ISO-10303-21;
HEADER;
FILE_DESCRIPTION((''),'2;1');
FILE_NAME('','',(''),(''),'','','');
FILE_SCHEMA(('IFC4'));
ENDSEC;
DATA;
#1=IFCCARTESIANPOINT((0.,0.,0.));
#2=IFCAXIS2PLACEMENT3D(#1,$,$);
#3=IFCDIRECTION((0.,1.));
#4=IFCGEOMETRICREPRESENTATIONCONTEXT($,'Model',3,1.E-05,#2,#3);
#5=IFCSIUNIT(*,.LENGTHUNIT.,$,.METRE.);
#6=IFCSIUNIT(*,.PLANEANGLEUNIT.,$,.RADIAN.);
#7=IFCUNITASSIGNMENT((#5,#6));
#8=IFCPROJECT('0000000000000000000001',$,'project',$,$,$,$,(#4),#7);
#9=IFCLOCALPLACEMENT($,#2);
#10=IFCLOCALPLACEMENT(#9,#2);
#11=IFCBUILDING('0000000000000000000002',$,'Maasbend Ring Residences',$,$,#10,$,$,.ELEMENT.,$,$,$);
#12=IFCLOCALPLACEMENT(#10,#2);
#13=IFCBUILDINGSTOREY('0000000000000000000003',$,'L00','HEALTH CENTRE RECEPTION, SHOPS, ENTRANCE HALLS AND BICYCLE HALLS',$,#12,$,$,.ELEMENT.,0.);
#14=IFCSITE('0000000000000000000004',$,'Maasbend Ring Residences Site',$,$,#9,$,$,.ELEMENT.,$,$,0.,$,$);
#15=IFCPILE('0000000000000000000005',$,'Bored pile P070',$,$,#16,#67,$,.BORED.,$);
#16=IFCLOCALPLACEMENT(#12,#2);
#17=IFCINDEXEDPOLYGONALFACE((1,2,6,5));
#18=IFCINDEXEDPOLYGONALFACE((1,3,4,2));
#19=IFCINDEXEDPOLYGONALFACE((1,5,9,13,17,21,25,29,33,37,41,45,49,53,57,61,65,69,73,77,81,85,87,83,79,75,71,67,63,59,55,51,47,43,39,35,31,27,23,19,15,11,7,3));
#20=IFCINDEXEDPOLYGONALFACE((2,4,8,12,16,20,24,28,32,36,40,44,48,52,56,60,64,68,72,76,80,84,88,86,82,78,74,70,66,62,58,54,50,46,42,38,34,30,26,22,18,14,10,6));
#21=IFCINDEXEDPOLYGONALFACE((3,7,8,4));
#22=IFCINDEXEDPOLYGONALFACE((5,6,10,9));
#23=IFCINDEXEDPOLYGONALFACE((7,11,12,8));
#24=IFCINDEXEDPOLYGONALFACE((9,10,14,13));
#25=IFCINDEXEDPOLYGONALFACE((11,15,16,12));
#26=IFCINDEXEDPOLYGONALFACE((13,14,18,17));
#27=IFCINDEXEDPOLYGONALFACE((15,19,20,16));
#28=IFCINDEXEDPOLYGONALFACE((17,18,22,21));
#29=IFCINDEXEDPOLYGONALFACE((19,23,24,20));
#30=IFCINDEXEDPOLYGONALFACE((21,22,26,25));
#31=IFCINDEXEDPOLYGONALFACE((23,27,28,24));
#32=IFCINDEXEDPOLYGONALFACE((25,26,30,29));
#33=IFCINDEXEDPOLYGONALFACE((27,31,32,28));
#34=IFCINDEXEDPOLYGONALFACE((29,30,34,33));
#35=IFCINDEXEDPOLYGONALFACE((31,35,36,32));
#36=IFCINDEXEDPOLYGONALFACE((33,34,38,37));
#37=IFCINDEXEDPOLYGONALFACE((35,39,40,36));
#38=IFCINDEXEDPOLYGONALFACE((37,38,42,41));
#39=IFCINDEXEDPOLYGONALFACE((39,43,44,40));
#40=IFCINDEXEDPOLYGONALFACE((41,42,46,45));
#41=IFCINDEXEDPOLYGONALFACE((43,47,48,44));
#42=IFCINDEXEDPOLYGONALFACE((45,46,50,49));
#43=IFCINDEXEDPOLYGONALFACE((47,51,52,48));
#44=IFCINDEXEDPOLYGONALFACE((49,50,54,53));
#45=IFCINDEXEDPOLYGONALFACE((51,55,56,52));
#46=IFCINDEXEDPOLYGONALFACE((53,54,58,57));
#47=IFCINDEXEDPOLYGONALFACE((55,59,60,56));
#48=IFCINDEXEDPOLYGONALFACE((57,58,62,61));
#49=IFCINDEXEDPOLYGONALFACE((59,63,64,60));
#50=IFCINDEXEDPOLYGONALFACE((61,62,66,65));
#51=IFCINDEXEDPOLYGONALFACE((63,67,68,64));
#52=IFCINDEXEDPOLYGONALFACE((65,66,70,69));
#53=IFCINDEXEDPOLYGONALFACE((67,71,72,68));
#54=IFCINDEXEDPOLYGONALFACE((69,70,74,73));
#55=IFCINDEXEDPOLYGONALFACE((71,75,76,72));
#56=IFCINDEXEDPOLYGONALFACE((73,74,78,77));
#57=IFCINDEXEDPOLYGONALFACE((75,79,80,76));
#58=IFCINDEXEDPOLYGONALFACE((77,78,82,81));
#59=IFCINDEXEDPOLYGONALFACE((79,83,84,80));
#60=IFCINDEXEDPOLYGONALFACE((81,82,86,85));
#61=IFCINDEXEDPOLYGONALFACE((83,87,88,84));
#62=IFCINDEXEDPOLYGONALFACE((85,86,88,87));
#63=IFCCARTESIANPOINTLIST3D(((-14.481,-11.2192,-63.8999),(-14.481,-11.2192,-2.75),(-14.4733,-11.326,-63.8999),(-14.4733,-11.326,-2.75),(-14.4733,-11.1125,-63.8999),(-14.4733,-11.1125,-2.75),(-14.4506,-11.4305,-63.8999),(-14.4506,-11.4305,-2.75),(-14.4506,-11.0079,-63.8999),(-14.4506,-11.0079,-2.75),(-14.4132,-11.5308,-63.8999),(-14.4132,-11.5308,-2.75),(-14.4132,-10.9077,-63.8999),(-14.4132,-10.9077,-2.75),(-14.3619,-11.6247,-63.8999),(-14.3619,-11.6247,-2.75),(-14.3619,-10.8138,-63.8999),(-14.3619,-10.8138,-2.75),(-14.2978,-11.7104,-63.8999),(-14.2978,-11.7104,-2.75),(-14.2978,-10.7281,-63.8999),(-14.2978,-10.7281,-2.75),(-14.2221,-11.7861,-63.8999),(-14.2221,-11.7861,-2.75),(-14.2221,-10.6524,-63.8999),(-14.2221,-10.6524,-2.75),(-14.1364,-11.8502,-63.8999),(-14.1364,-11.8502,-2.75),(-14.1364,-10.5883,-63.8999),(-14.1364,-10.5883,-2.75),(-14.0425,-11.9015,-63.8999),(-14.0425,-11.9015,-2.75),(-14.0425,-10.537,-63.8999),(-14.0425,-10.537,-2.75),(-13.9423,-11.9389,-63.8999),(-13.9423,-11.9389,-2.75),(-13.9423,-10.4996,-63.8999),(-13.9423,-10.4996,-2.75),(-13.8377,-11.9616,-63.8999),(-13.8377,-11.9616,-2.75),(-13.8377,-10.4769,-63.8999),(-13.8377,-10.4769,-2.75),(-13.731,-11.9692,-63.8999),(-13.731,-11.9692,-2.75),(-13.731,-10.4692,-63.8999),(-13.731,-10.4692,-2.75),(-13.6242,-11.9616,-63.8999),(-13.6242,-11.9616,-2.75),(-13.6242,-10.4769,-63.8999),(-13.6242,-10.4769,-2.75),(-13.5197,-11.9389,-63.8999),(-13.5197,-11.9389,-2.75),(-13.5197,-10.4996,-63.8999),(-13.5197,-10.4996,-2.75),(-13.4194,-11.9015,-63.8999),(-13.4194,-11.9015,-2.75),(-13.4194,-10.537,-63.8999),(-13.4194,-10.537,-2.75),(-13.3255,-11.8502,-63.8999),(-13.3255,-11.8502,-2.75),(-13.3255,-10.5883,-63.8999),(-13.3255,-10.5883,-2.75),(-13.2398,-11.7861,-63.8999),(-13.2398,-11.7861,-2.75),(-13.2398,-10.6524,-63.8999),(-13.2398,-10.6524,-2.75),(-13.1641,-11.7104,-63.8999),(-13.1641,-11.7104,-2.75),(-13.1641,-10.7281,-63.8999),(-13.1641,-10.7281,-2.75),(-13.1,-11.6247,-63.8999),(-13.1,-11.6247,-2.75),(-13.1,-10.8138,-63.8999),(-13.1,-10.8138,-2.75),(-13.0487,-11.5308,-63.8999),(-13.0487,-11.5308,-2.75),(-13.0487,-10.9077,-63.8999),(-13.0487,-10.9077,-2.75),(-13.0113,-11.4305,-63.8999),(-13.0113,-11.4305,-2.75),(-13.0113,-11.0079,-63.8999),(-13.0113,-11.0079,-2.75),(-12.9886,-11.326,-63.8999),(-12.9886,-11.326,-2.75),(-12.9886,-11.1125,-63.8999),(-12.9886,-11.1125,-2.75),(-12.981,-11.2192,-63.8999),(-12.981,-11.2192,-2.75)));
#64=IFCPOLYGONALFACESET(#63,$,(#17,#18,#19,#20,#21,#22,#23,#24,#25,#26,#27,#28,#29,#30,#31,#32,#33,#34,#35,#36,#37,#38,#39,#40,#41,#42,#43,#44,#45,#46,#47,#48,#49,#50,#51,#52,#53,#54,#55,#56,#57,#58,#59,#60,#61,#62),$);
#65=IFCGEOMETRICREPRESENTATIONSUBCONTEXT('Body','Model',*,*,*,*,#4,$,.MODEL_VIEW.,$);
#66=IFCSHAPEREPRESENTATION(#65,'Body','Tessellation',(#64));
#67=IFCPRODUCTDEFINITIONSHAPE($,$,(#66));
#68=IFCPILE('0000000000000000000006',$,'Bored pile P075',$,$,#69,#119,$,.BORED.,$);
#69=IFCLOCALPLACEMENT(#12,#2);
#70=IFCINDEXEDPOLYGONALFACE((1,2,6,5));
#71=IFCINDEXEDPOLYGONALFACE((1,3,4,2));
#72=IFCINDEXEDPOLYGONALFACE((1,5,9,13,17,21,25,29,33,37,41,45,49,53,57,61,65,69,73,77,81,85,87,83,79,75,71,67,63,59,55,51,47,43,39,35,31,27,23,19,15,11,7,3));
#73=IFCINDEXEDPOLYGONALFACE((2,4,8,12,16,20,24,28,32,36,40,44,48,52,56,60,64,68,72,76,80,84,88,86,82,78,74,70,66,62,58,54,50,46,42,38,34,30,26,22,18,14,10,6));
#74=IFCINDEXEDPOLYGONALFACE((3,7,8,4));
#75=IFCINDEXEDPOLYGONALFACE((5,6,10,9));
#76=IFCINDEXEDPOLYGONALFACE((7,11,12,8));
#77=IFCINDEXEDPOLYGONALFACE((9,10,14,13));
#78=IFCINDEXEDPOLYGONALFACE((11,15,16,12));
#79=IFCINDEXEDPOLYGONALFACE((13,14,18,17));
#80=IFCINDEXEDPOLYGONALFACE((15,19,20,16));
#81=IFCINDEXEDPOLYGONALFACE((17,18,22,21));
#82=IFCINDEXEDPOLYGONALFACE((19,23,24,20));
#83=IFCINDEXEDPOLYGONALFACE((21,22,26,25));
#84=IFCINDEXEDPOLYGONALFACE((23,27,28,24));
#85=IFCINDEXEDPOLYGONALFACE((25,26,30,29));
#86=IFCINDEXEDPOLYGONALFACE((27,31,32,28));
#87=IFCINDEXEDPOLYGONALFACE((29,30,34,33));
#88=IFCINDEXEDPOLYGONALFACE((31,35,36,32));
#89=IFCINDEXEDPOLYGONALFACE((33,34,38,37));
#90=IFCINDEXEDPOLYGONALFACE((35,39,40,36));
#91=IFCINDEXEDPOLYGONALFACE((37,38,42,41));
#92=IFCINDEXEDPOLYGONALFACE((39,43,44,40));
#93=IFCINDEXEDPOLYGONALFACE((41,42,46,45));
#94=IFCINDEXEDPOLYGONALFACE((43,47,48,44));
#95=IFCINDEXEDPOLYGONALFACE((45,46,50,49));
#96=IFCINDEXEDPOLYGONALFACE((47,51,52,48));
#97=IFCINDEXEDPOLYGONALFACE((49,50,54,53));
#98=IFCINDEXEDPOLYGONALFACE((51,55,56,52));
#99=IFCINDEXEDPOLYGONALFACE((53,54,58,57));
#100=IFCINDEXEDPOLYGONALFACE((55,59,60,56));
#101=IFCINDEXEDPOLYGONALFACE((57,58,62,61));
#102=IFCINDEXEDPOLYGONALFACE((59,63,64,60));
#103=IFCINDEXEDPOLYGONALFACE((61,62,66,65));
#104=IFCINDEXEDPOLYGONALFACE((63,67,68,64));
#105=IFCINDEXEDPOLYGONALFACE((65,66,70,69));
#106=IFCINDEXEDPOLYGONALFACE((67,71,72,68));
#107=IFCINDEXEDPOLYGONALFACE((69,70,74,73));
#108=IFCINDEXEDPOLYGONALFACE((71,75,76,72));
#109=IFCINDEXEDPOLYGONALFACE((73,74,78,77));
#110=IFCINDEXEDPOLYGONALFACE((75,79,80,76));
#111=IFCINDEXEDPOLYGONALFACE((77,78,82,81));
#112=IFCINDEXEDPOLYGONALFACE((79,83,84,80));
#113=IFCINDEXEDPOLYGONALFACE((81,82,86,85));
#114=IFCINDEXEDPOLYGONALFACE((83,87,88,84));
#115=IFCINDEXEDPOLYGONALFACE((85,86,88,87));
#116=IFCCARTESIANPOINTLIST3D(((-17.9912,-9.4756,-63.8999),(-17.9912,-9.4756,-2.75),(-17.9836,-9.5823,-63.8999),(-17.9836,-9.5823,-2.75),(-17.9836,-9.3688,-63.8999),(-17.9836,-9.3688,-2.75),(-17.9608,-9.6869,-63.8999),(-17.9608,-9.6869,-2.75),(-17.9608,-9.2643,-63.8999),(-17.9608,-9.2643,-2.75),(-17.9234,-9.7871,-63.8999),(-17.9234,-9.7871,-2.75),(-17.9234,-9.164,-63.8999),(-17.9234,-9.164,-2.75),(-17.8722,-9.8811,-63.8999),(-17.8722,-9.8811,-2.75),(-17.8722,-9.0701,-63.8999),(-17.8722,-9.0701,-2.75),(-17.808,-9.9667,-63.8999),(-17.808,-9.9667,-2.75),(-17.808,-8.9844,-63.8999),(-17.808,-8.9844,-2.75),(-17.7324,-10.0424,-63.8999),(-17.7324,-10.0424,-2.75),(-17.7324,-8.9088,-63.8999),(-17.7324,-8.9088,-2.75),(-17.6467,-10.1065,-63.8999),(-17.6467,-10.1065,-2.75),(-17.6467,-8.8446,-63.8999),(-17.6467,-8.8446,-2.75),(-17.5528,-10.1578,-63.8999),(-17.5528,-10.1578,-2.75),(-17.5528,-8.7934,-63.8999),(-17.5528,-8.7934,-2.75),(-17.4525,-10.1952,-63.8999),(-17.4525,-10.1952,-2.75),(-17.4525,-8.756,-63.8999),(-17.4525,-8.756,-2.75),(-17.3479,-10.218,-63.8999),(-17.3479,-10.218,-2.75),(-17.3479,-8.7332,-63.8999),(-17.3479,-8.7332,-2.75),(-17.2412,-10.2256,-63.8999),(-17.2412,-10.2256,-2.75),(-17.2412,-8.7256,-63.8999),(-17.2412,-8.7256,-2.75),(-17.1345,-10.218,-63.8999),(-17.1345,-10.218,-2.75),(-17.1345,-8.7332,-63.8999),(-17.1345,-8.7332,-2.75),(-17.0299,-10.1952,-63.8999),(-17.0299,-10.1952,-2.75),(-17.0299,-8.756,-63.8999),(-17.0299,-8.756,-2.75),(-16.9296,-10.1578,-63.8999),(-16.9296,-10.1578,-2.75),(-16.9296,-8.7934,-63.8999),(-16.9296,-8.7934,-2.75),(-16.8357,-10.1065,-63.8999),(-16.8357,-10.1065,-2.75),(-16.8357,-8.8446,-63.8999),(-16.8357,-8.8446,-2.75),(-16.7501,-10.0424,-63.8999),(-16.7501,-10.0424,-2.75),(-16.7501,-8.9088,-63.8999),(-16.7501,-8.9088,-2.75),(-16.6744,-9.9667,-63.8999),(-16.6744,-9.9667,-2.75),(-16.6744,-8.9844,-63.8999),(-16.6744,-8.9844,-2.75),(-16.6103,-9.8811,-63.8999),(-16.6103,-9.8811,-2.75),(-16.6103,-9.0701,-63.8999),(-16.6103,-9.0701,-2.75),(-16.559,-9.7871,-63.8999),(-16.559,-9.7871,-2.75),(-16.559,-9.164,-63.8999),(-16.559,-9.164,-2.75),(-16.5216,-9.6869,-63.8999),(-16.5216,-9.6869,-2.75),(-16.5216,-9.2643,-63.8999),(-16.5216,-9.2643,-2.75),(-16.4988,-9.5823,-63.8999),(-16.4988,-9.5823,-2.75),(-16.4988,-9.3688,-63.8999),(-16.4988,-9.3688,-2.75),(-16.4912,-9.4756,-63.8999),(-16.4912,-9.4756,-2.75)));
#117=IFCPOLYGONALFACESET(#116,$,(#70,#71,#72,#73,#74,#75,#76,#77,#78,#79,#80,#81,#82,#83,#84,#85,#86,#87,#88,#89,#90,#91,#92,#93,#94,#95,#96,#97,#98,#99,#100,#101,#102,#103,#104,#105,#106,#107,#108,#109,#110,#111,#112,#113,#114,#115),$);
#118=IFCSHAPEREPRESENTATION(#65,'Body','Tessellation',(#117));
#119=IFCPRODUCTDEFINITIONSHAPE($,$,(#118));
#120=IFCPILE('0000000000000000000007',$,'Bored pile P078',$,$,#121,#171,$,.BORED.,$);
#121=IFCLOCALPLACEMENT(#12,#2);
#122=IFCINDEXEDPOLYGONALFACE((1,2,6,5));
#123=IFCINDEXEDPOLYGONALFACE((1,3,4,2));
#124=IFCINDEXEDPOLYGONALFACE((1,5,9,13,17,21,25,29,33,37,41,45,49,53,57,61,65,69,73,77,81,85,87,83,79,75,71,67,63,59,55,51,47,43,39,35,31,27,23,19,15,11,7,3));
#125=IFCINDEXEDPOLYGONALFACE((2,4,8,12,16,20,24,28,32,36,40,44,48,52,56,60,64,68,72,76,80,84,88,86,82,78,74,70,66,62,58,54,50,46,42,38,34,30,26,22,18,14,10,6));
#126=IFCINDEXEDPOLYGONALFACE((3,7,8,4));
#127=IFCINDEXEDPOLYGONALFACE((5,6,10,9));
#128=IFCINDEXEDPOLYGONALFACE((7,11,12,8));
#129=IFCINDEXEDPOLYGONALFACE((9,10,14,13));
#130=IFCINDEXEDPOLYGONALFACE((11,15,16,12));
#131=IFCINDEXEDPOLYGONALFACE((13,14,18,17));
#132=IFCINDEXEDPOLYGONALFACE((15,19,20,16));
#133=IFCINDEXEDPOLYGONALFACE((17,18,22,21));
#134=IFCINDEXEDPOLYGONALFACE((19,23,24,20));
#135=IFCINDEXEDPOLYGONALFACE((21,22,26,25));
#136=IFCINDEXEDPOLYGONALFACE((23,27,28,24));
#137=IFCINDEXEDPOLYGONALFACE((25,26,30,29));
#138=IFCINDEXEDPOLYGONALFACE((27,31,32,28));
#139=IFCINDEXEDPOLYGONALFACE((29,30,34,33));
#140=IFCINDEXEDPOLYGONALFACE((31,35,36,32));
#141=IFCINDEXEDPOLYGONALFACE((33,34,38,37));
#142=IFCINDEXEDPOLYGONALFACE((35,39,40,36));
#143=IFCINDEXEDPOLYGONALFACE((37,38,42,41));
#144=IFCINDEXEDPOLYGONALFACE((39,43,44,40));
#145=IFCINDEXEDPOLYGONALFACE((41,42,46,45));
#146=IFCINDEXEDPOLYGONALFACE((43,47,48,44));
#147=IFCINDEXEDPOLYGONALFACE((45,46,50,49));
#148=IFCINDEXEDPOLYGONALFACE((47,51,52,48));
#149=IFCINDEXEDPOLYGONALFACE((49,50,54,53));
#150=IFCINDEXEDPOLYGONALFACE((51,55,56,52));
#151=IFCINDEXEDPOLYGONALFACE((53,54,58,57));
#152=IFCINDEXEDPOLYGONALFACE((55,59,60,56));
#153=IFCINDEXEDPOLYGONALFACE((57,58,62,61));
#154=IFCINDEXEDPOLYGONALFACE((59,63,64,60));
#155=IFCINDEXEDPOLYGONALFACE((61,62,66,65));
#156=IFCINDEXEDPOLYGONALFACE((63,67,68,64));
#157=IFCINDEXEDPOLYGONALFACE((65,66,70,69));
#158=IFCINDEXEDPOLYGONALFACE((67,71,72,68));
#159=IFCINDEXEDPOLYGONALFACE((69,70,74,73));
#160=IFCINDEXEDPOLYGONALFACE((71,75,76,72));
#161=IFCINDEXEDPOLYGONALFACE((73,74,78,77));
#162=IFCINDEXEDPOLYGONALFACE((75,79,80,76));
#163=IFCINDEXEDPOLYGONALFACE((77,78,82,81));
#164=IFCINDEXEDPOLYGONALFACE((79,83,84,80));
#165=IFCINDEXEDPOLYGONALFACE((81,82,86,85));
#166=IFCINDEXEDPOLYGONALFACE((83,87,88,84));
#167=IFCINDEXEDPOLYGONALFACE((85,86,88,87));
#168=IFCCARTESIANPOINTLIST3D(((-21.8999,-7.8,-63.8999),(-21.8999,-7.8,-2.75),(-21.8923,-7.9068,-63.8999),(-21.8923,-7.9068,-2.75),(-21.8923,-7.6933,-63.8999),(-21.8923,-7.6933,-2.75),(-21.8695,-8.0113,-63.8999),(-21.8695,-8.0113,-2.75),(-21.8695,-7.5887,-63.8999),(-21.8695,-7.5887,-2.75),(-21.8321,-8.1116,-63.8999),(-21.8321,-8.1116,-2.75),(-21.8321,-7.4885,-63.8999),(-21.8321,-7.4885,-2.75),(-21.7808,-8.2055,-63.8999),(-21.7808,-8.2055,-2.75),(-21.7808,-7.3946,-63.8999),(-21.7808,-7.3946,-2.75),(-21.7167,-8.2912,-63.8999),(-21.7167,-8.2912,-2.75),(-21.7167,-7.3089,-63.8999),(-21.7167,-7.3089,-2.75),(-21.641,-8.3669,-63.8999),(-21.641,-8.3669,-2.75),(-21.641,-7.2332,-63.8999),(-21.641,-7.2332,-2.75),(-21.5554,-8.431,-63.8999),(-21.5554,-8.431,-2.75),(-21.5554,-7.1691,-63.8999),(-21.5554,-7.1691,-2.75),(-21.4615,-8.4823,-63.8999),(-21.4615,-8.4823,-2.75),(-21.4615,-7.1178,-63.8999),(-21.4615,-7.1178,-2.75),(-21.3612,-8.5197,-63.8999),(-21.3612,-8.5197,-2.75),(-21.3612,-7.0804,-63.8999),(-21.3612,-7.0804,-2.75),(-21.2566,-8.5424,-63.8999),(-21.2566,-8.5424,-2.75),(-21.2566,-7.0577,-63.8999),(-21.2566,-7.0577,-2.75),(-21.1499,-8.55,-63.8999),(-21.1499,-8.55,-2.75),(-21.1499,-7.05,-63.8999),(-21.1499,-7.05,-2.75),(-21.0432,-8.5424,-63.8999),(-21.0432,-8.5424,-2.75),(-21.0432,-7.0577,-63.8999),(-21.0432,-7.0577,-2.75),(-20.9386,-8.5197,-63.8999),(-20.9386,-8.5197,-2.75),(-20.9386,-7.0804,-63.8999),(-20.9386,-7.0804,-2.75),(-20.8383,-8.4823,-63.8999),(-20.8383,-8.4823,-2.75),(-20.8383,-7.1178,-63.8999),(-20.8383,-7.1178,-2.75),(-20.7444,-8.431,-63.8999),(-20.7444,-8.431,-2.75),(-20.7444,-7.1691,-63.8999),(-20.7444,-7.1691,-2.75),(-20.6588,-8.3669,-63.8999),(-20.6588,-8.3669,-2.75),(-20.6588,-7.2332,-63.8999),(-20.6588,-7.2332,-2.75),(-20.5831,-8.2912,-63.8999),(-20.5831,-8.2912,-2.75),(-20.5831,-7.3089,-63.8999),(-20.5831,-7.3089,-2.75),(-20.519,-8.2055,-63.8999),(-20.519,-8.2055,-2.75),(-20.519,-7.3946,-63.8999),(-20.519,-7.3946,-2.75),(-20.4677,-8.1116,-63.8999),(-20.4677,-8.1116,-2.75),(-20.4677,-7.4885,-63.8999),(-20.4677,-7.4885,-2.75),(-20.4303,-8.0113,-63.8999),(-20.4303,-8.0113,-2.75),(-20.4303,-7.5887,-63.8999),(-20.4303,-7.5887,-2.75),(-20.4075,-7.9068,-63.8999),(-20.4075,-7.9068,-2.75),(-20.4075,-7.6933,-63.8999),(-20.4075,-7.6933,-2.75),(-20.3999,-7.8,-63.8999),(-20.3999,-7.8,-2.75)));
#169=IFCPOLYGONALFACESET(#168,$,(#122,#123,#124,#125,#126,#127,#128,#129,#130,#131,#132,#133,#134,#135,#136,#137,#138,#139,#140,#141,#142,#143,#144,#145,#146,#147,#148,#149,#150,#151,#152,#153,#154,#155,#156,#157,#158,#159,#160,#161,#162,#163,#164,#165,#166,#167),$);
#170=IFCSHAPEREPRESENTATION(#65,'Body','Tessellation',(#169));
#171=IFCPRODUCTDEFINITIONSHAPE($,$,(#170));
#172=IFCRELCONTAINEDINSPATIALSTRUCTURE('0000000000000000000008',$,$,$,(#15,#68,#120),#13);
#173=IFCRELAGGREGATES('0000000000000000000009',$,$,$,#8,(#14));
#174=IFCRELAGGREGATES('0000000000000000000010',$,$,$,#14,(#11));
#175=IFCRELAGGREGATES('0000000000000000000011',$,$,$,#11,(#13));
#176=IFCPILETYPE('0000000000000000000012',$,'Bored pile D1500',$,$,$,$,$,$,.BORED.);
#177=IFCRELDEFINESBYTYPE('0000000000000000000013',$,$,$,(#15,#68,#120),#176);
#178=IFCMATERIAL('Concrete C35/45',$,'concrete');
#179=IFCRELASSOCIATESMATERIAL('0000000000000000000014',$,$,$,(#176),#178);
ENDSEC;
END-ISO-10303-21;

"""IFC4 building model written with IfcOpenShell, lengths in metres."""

from ifc_helpers import new_model, si_unit, direction, frame, origin, origin_2d, place, context, subcontext, project, spatial, circle, extrude, material, material_profile, profile_set, type_object, element, save


model = new_model("IFC4")

# Units and contexts
model_context = context("Model", 3, precision=1e-05, world=origin(), true_north=direction((0.0, 1.0)))
body_context = subcontext(model_context, "Body", "Model", "MODEL_VIEW")
ifc_project = project(units=[si_unit("LENGTHUNIT", "METRE"), si_unit("PLANEANGLEUNIT", "RADIAN")], contexts=[model_context])

# Site, building, storey
site_placement = place(None, origin())
site = spatial("IfcSite", under=ifc_project, at=site_placement, Name="Maasbend Ring Residences Site", CompositionType="ELEMENT", RefElevation=0.0)
building_placement = place(site_placement, origin())
building = spatial("IfcBuilding", under=site, at=building_placement, Name="Maasbend Ring Residences", CompositionType="ELEMENT")
storey_placement = place(building_placement, origin())
storey = spatial("IfcBuildingStorey", under=building, at=storey_placement, Name="L00", Description="HEALTH CENTRE RECEPTION, SHOPS, ENTRANCE HALLS AND BICYCLE HALLS", CompositionType="ELEMENT", Elevation=0.0)

# Piles
ifc_material_1 = material(Name="Concrete C35/45", Category="concrete")
ifc_material_profile_1 = material_profile(ifc_material_1, circle(Radius=0.75, at=origin_2d()), Name="Bored pile D1500")
ifc_profile_set_1 = profile_set([ifc_material_profile_1], Name="Concrete C35/45")
pile_type = type_object("IfcPileType", Name="Bored pile D1500", PredefinedType="BORED", material=ifc_profile_set_1)
for number, where, z_axis, x_axis, name in (
    (1, (-13.731, -11.2192, -2.75), (0.0, 0.0, -1.0), (1.0, 0.0, 0.0), "Bored pile P070"),
    (2, (-17.2412, -9.4756, -2.75), (0.0, 0.0, -1.0), (1.0, 0.0, 0.0), "Bored pile P075"),
    (3, (-21.1499, -7.8, -2.75), (0.0, 0.0, -1.0), (1.0, 0.0, 0.0), "Bored pile P078"),
):
    element("IfcPile", number, at=place(storey_placement, frame(where, z_axis=z_axis, x_axis=x_axis)), inside=storey, type_object=pile_type, Name=name, PredefinedType="BORED", context=body_context, shape_type="SweptSolid", body=[
        extrude(circle(Radius=0.75, at=origin_2d()), origin(), (0.0, 0.0, 1.0), 61.1499),
    ])

save(model, "model.ifc")
